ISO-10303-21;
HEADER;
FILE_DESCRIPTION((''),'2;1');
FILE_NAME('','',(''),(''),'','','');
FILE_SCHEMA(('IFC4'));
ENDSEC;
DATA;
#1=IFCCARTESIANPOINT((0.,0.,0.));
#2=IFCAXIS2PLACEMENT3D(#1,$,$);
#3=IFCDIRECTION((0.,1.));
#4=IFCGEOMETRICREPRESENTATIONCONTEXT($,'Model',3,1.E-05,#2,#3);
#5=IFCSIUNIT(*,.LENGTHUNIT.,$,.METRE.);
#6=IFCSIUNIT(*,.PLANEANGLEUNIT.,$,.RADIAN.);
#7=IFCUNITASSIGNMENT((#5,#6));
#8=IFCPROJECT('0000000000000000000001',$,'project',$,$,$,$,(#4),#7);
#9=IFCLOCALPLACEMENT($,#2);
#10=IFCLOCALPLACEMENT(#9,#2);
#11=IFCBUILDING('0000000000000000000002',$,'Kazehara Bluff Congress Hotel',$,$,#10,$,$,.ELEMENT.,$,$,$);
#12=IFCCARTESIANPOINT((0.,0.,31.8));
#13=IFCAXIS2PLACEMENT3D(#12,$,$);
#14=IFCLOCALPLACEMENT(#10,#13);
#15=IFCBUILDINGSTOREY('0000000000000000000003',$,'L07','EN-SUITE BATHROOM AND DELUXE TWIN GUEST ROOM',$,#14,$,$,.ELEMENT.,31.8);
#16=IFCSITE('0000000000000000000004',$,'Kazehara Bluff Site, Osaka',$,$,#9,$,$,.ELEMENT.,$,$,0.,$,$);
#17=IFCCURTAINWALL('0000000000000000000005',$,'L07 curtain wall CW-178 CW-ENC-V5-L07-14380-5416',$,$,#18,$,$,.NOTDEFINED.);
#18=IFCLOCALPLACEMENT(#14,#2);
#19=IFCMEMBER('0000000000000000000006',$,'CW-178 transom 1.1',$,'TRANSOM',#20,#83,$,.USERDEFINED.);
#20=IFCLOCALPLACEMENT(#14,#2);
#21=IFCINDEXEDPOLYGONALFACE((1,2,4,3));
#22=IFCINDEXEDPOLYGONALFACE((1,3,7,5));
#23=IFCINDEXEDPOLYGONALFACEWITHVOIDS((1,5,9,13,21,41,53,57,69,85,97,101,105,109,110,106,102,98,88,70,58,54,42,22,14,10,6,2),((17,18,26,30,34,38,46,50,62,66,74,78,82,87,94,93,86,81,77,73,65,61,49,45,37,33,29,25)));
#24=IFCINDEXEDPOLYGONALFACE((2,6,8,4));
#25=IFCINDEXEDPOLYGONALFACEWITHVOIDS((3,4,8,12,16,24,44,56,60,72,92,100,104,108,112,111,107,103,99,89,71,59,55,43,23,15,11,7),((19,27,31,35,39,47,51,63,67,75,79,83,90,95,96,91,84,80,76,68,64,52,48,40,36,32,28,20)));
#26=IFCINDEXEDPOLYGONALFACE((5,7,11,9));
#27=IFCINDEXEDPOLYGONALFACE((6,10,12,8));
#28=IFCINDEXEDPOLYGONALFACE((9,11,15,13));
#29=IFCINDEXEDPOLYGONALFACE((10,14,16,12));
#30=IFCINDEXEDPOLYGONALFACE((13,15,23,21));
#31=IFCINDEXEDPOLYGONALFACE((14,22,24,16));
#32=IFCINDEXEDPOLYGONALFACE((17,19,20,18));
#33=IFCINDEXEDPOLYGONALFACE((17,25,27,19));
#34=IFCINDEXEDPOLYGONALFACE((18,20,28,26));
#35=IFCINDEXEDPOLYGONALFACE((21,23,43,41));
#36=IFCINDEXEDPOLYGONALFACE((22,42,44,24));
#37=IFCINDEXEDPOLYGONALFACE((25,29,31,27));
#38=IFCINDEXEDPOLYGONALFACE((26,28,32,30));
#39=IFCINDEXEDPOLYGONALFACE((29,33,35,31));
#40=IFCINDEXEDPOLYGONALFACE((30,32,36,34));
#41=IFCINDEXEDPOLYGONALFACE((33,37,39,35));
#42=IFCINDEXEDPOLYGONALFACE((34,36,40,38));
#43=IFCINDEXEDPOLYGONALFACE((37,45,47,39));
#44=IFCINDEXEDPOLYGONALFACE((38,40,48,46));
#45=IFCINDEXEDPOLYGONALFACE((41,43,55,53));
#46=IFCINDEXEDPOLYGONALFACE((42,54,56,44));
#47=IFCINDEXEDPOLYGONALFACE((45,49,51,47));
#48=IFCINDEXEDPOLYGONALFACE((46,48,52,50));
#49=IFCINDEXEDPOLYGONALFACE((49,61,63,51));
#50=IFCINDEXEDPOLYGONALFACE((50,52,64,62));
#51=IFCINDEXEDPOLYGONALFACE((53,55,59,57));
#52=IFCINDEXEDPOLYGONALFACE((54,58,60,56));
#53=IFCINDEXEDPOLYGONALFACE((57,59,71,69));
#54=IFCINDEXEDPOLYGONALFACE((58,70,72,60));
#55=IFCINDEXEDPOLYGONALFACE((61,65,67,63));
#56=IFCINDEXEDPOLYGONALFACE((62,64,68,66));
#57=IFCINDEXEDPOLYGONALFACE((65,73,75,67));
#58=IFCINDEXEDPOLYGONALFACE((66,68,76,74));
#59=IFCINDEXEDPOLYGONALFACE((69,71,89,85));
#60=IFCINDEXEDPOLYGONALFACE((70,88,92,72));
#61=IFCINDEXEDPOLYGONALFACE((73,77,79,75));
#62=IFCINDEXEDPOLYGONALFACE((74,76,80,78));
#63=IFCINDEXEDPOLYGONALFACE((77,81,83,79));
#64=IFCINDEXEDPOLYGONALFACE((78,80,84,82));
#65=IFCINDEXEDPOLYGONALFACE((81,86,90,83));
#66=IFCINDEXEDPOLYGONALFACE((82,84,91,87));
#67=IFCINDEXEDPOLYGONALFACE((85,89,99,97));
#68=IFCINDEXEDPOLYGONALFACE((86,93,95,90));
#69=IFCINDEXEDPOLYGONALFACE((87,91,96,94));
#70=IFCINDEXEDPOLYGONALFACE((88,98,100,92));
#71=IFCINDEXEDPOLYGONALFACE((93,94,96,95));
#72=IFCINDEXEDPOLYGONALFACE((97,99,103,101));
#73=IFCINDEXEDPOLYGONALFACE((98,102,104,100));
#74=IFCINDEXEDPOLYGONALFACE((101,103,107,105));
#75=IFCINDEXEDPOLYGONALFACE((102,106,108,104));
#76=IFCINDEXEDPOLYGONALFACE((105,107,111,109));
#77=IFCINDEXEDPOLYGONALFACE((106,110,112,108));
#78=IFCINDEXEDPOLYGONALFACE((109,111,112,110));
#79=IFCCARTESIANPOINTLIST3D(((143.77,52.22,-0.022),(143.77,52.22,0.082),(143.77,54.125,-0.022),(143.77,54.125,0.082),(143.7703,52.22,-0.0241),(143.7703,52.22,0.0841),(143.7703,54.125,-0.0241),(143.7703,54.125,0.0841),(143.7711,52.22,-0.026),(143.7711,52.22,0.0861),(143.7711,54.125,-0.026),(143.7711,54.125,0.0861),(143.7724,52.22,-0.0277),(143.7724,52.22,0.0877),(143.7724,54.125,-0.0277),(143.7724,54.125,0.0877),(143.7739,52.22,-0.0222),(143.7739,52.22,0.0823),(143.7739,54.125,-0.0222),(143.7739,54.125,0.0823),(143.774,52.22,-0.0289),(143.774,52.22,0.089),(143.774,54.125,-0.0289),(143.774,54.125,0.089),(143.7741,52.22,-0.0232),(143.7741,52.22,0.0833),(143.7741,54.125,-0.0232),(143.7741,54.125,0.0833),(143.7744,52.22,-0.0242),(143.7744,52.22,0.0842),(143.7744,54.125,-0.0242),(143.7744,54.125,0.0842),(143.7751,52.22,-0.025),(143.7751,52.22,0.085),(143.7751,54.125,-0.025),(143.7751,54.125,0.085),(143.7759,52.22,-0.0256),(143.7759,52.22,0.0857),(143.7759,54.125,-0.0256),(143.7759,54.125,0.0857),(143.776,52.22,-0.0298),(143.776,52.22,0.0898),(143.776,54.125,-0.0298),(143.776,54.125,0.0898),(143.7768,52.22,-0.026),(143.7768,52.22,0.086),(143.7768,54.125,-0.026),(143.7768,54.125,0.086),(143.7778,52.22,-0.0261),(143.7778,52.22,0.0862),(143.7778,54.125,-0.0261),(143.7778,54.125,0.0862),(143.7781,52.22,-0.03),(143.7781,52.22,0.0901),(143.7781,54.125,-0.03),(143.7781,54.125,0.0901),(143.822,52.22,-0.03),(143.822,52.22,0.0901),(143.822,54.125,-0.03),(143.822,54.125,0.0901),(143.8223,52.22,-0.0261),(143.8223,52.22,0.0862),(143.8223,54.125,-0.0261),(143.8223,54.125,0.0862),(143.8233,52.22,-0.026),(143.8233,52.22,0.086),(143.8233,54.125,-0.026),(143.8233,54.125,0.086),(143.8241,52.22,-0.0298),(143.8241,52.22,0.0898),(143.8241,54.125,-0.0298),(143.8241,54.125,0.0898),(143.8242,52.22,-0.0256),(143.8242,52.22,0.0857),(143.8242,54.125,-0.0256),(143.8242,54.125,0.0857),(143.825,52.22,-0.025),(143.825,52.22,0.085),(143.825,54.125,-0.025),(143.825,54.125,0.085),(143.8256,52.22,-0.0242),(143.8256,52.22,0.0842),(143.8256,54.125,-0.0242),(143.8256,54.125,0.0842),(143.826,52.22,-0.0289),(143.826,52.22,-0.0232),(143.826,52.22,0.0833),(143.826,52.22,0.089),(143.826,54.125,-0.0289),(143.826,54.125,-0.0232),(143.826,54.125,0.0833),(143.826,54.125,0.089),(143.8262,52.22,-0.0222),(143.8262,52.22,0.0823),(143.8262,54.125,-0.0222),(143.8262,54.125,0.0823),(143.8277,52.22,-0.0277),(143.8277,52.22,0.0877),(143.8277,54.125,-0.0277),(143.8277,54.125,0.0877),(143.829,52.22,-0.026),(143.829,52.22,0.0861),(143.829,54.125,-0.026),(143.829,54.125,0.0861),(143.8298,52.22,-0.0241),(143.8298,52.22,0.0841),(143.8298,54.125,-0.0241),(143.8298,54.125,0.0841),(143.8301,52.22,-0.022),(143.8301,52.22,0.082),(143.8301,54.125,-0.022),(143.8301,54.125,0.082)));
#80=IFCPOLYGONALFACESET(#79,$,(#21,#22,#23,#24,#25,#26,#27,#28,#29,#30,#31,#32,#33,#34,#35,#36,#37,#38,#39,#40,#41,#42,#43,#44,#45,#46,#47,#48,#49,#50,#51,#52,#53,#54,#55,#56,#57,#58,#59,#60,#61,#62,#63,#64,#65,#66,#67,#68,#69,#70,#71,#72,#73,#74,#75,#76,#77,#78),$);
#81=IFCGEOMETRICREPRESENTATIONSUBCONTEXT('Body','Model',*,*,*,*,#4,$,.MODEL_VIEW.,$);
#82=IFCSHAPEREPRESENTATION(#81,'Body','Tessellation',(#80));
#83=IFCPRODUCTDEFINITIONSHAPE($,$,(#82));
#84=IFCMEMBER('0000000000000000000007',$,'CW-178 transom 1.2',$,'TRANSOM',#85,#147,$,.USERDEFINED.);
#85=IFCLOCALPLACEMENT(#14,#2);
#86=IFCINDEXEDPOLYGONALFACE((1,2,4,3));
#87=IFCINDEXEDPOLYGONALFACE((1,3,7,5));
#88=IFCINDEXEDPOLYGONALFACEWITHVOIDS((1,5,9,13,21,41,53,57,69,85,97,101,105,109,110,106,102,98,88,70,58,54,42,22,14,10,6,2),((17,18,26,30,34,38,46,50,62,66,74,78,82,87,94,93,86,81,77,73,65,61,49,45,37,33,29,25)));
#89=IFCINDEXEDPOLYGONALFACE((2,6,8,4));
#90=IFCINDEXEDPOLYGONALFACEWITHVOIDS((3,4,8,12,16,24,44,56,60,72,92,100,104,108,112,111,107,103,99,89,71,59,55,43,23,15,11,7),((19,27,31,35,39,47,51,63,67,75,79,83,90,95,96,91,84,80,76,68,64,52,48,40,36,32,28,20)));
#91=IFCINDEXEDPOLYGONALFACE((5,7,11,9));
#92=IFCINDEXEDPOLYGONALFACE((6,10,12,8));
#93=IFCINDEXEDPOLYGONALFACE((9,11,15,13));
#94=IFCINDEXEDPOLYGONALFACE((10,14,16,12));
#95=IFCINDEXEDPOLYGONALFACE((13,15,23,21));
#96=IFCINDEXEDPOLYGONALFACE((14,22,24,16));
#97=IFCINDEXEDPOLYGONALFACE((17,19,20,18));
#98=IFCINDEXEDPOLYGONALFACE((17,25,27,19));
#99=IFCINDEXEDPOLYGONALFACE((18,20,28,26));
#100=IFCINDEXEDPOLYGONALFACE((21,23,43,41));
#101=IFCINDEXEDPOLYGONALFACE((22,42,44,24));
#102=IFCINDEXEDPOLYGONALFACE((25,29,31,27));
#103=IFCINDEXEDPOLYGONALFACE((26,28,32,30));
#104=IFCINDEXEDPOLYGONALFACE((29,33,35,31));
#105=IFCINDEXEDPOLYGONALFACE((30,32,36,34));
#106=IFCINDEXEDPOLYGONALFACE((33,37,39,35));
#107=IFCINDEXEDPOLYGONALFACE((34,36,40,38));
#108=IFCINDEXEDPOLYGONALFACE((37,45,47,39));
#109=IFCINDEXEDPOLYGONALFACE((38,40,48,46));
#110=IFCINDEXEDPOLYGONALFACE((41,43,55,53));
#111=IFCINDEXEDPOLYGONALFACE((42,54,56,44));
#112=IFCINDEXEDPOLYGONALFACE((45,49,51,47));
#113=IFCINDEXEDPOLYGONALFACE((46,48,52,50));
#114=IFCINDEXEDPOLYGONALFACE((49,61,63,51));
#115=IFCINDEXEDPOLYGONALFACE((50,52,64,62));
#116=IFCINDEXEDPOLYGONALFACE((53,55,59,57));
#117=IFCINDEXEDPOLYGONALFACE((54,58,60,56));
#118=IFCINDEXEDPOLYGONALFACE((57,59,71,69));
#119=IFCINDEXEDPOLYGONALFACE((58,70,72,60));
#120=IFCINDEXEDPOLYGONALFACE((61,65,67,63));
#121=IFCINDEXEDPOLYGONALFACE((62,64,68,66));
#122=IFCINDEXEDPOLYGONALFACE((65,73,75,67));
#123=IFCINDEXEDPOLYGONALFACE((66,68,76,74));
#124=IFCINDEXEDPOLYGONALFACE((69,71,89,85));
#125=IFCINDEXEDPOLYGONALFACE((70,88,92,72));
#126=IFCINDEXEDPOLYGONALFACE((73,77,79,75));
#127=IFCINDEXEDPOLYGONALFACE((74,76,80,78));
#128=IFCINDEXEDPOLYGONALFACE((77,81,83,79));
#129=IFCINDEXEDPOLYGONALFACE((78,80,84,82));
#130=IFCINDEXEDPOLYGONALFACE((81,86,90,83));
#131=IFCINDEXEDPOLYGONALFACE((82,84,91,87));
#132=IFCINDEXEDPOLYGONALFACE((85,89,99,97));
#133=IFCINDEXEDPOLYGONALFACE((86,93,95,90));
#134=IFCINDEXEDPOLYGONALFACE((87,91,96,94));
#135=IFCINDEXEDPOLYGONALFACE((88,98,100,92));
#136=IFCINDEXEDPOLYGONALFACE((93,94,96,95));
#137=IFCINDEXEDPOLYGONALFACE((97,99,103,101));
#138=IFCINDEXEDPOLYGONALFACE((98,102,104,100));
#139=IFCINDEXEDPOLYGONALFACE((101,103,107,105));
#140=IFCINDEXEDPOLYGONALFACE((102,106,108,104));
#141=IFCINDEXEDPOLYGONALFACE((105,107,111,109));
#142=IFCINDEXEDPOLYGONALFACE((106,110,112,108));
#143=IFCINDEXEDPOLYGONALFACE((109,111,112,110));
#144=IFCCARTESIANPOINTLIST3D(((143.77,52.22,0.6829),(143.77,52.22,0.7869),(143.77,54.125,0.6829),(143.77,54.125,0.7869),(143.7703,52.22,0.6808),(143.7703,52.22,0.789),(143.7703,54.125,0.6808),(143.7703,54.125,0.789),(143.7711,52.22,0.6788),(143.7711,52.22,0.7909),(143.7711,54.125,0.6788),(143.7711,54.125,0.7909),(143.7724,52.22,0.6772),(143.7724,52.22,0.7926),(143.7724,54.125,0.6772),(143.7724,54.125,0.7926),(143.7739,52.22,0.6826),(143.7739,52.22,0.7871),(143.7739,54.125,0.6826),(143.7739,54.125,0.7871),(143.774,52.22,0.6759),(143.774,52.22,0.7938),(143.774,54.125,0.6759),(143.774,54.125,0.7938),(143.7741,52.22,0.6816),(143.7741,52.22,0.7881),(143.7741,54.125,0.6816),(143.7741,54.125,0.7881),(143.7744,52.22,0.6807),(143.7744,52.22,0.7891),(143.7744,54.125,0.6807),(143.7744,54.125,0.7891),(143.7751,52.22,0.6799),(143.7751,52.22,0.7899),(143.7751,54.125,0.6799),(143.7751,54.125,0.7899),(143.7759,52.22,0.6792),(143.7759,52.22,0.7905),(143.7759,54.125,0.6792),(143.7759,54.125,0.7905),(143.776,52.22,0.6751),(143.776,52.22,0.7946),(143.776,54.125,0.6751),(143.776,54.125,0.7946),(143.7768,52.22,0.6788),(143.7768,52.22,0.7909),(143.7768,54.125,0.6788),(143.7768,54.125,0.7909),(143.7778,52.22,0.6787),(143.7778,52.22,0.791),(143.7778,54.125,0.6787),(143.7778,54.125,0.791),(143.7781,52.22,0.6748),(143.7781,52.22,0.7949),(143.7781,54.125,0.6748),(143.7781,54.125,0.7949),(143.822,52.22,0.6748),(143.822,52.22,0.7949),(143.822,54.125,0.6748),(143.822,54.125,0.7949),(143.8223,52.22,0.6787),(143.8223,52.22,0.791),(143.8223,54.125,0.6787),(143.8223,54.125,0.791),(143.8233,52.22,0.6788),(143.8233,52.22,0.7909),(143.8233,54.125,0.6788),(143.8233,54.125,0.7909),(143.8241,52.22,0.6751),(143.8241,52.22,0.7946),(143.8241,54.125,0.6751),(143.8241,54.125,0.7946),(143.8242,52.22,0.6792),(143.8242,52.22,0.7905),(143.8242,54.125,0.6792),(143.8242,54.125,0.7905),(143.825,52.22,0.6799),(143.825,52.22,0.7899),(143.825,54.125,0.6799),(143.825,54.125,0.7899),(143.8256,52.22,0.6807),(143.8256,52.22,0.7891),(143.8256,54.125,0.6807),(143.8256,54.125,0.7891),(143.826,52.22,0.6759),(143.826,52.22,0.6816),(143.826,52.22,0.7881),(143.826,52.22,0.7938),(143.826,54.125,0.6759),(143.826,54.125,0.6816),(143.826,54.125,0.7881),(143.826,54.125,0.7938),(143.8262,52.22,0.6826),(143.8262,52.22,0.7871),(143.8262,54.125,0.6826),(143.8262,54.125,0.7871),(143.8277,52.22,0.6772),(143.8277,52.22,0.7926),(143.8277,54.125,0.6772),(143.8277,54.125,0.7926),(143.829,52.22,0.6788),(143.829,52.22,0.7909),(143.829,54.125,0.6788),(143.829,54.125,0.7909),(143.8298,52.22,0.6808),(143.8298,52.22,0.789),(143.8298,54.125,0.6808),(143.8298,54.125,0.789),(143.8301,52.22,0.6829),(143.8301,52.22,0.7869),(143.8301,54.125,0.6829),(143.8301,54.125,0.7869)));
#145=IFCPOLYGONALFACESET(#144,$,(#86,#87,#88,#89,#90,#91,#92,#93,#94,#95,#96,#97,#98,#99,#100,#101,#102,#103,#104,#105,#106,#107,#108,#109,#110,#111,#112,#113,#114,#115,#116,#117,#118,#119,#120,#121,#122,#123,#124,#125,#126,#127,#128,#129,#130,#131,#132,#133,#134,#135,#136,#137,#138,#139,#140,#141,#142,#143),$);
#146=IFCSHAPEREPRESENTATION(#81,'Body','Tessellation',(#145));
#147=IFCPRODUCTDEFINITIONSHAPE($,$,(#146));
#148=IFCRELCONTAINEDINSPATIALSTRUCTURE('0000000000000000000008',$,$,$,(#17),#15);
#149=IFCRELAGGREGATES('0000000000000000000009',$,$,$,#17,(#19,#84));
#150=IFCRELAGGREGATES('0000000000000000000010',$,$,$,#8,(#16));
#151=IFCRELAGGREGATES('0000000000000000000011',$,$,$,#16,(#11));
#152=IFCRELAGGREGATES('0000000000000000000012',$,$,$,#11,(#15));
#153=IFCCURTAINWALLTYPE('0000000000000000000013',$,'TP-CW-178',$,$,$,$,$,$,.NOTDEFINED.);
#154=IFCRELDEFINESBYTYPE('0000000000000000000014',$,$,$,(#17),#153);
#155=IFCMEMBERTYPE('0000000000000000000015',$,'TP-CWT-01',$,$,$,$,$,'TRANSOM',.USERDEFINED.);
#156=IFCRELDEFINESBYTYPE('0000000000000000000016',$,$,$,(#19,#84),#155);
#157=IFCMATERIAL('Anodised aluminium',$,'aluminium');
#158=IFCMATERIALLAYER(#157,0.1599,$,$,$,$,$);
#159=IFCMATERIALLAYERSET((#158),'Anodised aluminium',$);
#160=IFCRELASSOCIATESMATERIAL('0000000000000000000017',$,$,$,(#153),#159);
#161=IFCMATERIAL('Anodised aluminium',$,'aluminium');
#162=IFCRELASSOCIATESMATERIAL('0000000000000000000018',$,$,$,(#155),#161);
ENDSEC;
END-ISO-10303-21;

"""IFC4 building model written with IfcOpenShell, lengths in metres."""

from ifc_helpers import new_model, si_unit, direction, frame, origin, origin_2d, place, context, subcontext, project, spatial, hollow_rectangle, extrude, material, layer, layer_set, material_profile, profile_set, type_object, element, aggregate, save


model = new_model("IFC4")

# Units and contexts
model_context = context("Model", 3, precision=1e-05, world=origin(), true_north=direction((0.0, 1.0)))
body_context = subcontext(model_context, "Body", "Model", "MODEL_VIEW")
ifc_project = project(units=[si_unit("LENGTHUNIT", "METRE"), si_unit("PLANEANGLEUNIT", "RADIAN")], contexts=[model_context])

# Site, building, storey
site_placement = place(None, origin())
site = spatial("IfcSite", under=ifc_project, at=site_placement, Name="Kazehara Bluff Site, Osaka", CompositionType="ELEMENT", RefElevation=0.0)
building_placement = place(site_placement, origin())
building = spatial("IfcBuilding", under=site, at=building_placement, Name="Kazehara Bluff Congress Hotel", CompositionType="ELEMENT")
storey_placement = place(building_placement, frame((0.0, 0.0, 31.8)))
storey = spatial("IfcBuildingStorey", under=building, at=storey_placement, Name="L07", Description="EN-SUITE BATHROOM AND DELUXE TWIN GUEST ROOM", CompositionType="ELEMENT", Elevation=31.8)

# Curtain wall
ifc_material_1 = material(Name="Anodised aluminium", Category="aluminium")
ifc_layer_1 = layer(ifc_material_1, 0.1599)
ifc_layer_set_1 = layer_set([ifc_layer_1], Name="Anodised aluminium")
curtain_wall_type_1 = type_object("IfcCurtainWallType", Name="TP-CW-178", PredefinedType="NOTDEFINED", material=ifc_layer_set_1)
curtain_wall_1_placement = place(storey_placement, origin())
curtain_wall_1 = element("IfcCurtainWall", 1, at=curtain_wall_1_placement, inside=storey, type_object=curtain_wall_type_1, Name="L07 curtain wall CW-178 CW-ENC-V5-L07-14380-5416", PredefinedType="NOTDEFINED")

# Members
ifc_material_2 = material(Name="Anodised aluminium", Category="aluminium")
ifc_material_profile_1 = material_profile(ifc_material_2, hollow_rectangle(XDim=0.0601, YDim=0.1201, WallThickness=0.0039, InnerFilletRadius=0.0039, OuterFilletRadius=0.0081, at=origin_2d()))
ifc_profile_set_1 = profile_set([ifc_material_profile_1], Name="Anodised aluminium")
member_type_1 = type_object("IfcMemberType", Name="TP-CWT-01", ElementType="TRANSOM", PredefinedType="USERDEFINED", material=ifc_profile_set_1)
member_1_placement = place(storey_placement, frame((143.8, 52.22, 0.03), z_axis=(0.0, 1.0, 0.0), x_axis=(-1.0, 0.0, 0.0)))
member_1 = element("IfcMember", 2, at=member_1_placement, type_object=member_type_1, Name="CW-178 transom 1.1", ObjectType="TRANSOM", PredefinedType="USERDEFINED", context=body_context, shape_type="SweptSolid", body=[
    extrude(hollow_rectangle(XDim=0.0601, YDim=0.1201, WallThickness=0.0039, InnerFilletRadius=0.0039, OuterFilletRadius=0.0081, at=origin_2d()), origin(), (0.0, 0.0, 1.0), 1.905),
])
member_2_placement = place(storey_placement, frame((143.8, 52.22, 0.7349), z_axis=(0.0, 1.0, 0.0), x_axis=(-1.0, 0.0, 0.0)))
member_2 = element("IfcMember", 3, at=member_2_placement, type_object=member_type_1, Name="CW-178 transom 1.2", ObjectType="TRANSOM", PredefinedType="USERDEFINED", context=body_context, shape_type="SweptSolid", body=[
    extrude(hollow_rectangle(XDim=0.0601, YDim=0.1201, WallThickness=0.0039, InnerFilletRadius=0.0039, OuterFilletRadius=0.0081, at=origin_2d()), origin(), (0.0, 0.0, 1.0), 1.905),
])

aggregate(curtain_wall_1, [member_1, member_2])

save(model, "model.ifc")
